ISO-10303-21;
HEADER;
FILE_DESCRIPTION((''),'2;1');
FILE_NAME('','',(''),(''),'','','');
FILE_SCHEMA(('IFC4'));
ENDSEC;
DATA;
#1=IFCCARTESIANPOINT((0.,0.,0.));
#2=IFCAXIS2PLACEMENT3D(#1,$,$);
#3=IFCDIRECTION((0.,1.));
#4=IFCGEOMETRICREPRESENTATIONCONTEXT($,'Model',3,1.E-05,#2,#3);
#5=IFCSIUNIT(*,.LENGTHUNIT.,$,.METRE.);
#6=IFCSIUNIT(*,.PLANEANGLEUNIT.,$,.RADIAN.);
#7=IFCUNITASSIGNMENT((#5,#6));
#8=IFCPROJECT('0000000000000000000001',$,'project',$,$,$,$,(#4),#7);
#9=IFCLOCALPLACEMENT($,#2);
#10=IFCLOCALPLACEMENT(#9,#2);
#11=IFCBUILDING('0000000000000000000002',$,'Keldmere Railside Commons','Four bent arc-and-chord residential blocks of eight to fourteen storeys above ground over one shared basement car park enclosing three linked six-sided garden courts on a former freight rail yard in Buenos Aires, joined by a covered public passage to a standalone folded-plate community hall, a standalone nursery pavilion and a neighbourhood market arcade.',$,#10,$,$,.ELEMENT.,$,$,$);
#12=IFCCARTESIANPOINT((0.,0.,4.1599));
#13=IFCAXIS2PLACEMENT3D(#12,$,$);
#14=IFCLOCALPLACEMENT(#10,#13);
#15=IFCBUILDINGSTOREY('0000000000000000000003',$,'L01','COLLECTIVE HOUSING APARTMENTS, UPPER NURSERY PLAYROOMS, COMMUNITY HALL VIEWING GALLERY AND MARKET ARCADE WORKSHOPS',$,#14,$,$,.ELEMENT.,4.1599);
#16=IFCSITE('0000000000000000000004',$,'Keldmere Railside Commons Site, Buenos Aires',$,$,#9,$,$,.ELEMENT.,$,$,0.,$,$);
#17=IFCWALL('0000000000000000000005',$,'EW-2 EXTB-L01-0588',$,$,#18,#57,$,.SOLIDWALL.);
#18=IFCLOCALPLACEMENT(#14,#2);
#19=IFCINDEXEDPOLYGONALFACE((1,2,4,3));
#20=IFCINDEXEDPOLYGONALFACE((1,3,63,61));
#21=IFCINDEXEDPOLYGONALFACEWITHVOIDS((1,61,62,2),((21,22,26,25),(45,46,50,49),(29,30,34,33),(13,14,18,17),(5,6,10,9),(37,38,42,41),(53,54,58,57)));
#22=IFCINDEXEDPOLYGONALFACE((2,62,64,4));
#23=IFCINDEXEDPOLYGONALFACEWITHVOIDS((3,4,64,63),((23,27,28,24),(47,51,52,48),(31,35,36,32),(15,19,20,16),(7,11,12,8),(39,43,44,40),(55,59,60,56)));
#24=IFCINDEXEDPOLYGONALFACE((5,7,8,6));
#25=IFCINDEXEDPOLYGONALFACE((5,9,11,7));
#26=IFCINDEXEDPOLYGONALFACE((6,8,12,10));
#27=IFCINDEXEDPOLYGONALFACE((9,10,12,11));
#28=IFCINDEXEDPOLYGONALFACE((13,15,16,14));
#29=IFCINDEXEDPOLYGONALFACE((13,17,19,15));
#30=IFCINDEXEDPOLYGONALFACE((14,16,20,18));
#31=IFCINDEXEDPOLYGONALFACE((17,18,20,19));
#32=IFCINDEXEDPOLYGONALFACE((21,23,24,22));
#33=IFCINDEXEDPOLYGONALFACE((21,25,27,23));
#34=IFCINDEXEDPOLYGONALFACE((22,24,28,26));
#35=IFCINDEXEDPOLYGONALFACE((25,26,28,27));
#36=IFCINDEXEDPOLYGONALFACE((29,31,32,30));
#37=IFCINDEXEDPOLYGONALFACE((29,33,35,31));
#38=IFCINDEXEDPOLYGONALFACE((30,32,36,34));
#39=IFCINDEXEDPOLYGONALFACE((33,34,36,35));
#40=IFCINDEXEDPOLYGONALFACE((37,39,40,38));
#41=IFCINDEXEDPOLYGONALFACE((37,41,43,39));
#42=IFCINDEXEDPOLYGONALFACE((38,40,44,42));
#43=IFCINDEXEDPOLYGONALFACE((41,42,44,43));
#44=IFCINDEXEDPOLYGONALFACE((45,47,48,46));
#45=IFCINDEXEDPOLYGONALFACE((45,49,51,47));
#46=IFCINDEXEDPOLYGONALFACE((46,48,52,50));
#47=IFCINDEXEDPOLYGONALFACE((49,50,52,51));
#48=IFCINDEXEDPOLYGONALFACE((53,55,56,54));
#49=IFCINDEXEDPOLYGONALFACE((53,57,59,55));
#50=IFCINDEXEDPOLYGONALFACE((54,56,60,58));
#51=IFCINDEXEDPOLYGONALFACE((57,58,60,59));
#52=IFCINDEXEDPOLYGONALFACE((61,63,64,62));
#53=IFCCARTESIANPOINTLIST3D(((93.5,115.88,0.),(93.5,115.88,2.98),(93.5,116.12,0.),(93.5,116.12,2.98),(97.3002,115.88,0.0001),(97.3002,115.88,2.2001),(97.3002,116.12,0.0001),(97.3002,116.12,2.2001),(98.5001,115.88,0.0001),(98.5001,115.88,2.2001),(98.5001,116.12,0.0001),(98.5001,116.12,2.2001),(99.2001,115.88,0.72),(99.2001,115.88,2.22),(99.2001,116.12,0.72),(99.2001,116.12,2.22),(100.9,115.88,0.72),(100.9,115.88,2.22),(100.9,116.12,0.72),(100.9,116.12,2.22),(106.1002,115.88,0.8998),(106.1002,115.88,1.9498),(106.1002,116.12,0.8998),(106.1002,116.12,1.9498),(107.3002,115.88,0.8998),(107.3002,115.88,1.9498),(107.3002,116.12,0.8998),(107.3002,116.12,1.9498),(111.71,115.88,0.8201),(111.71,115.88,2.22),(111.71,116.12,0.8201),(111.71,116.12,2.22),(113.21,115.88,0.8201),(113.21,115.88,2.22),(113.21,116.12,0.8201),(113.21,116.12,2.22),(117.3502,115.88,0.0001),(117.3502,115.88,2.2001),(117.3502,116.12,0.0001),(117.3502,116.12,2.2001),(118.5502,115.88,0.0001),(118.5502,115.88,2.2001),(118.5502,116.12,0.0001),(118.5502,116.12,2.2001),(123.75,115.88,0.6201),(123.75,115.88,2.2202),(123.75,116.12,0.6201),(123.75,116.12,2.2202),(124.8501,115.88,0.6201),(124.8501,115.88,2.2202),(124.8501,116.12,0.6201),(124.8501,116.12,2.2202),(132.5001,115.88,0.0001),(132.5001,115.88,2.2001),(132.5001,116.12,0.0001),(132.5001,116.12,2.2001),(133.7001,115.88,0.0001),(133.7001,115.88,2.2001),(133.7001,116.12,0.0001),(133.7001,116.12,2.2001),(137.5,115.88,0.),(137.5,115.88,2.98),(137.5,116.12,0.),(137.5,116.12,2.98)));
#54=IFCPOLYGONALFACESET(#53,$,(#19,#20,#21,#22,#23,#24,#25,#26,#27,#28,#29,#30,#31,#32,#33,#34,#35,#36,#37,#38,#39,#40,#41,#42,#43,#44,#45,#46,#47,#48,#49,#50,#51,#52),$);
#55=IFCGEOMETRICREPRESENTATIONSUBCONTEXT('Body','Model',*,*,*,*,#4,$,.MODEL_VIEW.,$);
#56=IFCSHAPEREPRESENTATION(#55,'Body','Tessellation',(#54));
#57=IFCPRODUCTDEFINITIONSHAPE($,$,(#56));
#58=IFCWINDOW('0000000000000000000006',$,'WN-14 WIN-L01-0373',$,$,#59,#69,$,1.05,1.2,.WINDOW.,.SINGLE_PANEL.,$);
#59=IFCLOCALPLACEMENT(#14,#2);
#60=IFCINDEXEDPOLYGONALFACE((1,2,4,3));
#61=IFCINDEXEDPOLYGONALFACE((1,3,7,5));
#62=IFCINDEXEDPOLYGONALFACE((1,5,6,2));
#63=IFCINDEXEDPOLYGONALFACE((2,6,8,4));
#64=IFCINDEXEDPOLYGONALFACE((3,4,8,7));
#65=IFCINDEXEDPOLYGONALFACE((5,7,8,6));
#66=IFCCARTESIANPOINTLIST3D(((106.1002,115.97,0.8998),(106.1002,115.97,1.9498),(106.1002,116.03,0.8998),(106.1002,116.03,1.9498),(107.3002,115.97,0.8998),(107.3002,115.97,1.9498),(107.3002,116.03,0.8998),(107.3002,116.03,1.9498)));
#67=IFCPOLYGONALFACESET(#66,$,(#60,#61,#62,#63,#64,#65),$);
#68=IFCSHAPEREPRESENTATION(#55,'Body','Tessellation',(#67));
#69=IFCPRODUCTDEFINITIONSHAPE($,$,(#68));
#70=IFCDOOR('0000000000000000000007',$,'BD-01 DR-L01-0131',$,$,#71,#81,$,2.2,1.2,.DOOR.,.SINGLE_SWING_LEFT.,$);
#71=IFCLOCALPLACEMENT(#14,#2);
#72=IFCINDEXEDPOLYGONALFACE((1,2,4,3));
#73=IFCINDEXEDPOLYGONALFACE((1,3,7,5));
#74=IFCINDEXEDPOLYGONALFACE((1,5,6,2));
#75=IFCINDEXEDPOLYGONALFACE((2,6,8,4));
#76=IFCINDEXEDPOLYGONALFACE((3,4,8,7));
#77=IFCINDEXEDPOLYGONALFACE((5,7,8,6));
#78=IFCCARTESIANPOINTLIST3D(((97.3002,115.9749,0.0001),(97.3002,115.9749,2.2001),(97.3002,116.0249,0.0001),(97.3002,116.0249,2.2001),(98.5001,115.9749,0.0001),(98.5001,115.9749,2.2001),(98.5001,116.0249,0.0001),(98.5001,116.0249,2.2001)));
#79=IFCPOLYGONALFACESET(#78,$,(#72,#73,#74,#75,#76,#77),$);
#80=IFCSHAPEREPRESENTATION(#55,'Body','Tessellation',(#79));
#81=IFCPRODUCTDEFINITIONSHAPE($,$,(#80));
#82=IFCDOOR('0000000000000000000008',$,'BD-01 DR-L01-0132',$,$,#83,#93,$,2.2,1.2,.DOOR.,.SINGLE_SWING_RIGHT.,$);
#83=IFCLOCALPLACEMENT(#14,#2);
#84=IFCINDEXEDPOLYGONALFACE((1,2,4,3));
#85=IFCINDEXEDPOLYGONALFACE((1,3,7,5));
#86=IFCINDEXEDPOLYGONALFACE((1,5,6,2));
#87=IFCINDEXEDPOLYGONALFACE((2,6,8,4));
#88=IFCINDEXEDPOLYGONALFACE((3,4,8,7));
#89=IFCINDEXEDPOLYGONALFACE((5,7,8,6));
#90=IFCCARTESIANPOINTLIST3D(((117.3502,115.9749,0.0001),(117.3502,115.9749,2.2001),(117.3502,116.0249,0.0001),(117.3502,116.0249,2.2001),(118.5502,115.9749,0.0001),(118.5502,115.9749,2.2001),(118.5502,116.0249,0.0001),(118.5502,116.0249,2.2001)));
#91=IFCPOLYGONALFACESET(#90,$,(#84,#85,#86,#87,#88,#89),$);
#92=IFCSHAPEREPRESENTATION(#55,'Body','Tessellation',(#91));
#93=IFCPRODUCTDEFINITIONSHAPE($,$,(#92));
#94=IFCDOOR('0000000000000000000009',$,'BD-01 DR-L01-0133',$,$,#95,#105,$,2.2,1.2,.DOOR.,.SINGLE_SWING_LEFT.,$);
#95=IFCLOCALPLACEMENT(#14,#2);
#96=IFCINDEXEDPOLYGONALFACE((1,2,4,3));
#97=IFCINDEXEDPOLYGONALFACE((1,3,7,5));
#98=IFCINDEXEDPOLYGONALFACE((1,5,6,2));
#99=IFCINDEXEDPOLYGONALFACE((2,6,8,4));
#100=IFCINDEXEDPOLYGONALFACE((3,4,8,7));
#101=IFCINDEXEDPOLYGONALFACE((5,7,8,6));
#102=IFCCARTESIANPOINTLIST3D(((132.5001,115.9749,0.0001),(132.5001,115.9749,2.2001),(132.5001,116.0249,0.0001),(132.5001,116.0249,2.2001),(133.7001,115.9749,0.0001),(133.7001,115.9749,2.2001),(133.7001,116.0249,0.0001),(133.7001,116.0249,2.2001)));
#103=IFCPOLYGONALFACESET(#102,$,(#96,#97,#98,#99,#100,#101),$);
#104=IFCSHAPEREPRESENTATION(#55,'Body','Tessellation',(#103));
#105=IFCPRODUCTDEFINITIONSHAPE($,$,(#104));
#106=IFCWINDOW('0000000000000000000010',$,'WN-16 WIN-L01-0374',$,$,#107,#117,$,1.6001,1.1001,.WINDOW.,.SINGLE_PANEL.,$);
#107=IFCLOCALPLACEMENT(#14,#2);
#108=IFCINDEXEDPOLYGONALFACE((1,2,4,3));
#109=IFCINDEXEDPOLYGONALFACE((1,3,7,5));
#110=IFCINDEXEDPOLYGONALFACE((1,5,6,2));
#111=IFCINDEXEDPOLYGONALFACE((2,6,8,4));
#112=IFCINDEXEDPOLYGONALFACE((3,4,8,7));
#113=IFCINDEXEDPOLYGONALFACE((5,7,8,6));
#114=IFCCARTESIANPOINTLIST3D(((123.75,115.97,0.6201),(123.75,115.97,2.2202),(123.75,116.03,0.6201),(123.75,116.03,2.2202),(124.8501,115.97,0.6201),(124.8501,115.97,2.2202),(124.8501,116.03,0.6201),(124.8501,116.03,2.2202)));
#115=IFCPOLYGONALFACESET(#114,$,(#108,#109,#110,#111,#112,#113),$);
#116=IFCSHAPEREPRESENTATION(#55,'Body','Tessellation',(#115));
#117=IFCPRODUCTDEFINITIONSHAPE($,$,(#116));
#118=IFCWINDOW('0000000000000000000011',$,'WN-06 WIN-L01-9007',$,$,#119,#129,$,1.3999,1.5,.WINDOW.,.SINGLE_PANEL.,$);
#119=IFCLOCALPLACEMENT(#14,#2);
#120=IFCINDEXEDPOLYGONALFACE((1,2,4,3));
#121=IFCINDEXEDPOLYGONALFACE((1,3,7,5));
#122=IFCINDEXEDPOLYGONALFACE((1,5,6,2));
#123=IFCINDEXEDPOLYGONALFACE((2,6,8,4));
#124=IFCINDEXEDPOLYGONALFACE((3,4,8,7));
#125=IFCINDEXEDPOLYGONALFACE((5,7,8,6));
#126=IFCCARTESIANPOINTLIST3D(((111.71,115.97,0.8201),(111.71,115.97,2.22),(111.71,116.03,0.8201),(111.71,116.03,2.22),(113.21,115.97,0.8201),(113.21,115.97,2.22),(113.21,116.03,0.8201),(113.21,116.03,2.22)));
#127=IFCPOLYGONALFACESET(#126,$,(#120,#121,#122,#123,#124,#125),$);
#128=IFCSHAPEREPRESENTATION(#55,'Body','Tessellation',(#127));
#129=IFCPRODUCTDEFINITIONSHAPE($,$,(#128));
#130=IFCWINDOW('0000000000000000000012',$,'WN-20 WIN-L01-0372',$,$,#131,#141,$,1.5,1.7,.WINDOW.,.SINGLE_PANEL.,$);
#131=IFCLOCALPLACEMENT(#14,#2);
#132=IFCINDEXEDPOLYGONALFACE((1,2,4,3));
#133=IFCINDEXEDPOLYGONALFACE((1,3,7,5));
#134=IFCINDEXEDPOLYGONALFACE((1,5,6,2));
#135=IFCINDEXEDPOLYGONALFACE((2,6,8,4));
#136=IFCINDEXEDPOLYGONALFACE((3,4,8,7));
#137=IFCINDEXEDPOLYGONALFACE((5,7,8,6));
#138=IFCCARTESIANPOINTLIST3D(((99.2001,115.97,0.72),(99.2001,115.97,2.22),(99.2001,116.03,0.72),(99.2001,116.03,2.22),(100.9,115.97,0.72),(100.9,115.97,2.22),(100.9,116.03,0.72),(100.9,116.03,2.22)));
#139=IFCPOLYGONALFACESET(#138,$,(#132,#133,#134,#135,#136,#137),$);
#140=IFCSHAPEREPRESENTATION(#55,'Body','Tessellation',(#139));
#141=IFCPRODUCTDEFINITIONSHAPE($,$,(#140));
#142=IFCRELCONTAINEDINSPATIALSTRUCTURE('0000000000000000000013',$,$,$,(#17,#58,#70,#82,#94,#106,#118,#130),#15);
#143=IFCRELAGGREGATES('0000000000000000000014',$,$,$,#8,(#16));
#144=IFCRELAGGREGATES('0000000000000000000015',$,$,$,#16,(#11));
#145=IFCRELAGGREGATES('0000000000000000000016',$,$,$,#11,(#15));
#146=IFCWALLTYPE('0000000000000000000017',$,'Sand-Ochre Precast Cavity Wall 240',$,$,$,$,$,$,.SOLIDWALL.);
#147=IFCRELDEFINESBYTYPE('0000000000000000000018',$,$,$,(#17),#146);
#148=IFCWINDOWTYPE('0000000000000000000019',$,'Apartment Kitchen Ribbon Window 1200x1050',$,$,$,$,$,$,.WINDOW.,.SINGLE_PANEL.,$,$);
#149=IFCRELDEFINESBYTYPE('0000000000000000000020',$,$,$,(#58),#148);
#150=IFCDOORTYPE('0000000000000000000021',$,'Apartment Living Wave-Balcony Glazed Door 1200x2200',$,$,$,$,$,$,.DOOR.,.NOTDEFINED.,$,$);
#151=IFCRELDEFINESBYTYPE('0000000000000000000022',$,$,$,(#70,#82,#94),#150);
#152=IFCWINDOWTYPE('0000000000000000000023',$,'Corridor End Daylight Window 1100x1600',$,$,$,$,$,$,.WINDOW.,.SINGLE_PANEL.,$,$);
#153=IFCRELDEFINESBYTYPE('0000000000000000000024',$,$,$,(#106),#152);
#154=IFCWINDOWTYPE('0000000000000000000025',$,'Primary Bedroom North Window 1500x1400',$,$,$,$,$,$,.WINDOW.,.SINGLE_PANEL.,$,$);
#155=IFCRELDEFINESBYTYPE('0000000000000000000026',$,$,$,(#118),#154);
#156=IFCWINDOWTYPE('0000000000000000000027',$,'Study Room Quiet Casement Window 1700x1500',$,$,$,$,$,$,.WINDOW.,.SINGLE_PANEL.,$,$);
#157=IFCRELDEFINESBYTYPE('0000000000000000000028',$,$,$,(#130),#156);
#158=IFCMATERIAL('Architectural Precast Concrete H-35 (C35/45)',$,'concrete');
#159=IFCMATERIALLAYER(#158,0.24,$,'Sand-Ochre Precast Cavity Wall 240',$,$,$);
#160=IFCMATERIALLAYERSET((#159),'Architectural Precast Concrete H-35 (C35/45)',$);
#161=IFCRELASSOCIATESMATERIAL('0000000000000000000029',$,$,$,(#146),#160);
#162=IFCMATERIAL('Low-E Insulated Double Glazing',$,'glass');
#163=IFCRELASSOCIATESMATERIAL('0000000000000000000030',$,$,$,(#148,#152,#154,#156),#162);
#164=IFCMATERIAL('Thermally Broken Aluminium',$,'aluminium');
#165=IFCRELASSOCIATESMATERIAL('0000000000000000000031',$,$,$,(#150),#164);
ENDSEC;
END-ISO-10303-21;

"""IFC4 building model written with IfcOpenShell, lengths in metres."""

from ifc_helpers import new_model, si_unit, direction, frame, frame_2d, origin, place, context, subcontext, project, spatial, rectangle, extrude, material, layer, layer_set, type_object, element, fill, save


model = new_model("IFC4")

# Units and contexts
model_context = context("Model", 3, precision=1e-05, world=origin(), true_north=direction((0.0, 1.0)))
body_context = subcontext(model_context, "Body", "Model", "MODEL_VIEW")
ifc_project = project(units=[si_unit("LENGTHUNIT", "METRE"), si_unit("PLANEANGLEUNIT", "RADIAN")], contexts=[model_context])

# Site, building, storey
site_placement = place(None, origin())
site = spatial("IfcSite", under=ifc_project, at=site_placement, Name="Keldmere Railside Commons Site, Buenos Aires", CompositionType="ELEMENT", RefElevation=0.0)
building_placement = place(site_placement, origin())
building = spatial("IfcBuilding", under=site, at=building_placement, Name="Keldmere Railside Commons", Description="Four bent arc-and-chord residential blocks of eight to fourteen storeys above ground over one shared basement car park enclosing three linked six-sided garden courts on a former freight rail yard in Buenos Aires, joined by a covered public passage to a standalone folded-plate community hall, a standalone nursery pavilion and a neighbourhood market arcade.", CompositionType="ELEMENT")
storey_placement = place(building_placement, frame((0.0, 0.0, 4.1599)))
storey = spatial("IfcBuildingStorey", under=building, at=storey_placement, Name="L01", Description="COLLECTIVE HOUSING APARTMENTS, UPPER NURSERY PLAYROOMS, COMMUNITY HALL VIEWING GALLERY AND MARKET ARCADE WORKSHOPS", CompositionType="ELEMENT", Elevation=4.1599)

# Shared definitions
ifc_material_1 = material(Name="Architectural Precast Concrete H-35 (C35/45)", Category="concrete")

# Wall, openings, windows, doors
ifc_layer_1 = layer(ifc_material_1, 0.24, Name="Sand-Ochre Precast Cavity Wall 240")
ifc_layer_set_1 = layer_set([ifc_layer_1], Name="Architectural Precast Concrete H-35 (C35/45)")
wall_type_1 = type_object("IfcWallType", Name="Sand-Ochre Precast Cavity Wall 240", PredefinedType="SOLIDWALL", material=ifc_layer_set_1)
wall_1_placement = place(storey_placement, frame((93.5, 116.0, 0.0), z_axis=(0.0, 0.0, 1.0), x_axis=(1.0, 0.0, 0.0)))
wall_1 = element("IfcWall", 1, at=wall_1_placement, inside=storey, type_object=wall_type_1, Name="EW-2 EXTB-L01-0588", PredefinedType="SOLIDWALL", context=body_context, shape_type="SweptSolid", body=[
    extrude(rectangle(XDim=44.0, YDim=0.24, at=frame_2d((22.0, 0.0))), origin(), (0.0, 0.0, 1.0), 2.98),
])
opening_1_placement = place(wall_1_placement, frame((3.8, 0.0, 0.0)))
opening_1 = element("IfcOpeningElement", 2, at=opening_1_placement, cuts=wall_1, PredefinedType="OPENING", context=body_context, shape_type="SweptSolid", body=[
    extrude(rectangle(XDim=1.2, YDim=2.2, at=frame_2d((0.6001, 1.1001))), frame((0.0, 0.1299, 0.0), z_axis=(0.0, -1.0, 0.0), x_axis=(1.0, 0.0, 0.0)), (0.0, 0.0, 1.0), 0.26),
])
opening_2_placement = place(wall_1_placement, frame((5.7, 0.0, 0.72)))
opening_2 = element("IfcOpeningElement", 3, at=opening_2_placement, cuts=wall_1, PredefinedType="OPENING", context=body_context, shape_type="SweptSolid", body=[
    extrude(rectangle(XDim=1.7, YDim=1.5, at=frame_2d((0.8501, 0.75))), frame((0.0, 0.1299, 0.0), z_axis=(0.0, -1.0, 0.0), x_axis=(1.0, 0.0, 0.0)), (0.0, 0.0, 1.0), 0.26),
])
opening_3_placement = place(wall_1_placement, frame((12.6001, 0.0, 0.8999)))
opening_3 = element("IfcOpeningElement", 4, at=opening_3_placement, cuts=wall_1, PredefinedType="OPENING", context=body_context, shape_type="SweptSolid", body=[
    extrude(rectangle(XDim=1.2, YDim=1.05, at=frame_2d((0.6001, 0.5249))), frame((0.0, 0.1299, 0.0), z_axis=(0.0, -1.0, 0.0), x_axis=(1.0, 0.0, 0.0)), (0.0, 0.0, 1.0), 0.26),
])
opening_4_placement = place(wall_1_placement, frame((23.8501, 0.0, 0.0)))
opening_4 = element("IfcOpeningElement", 5, at=opening_4_placement, cuts=wall_1, PredefinedType="OPENING", context=body_context, shape_type="SweptSolid", body=[
    extrude(rectangle(XDim=1.2, YDim=2.2, at=frame_2d((0.6001, 1.1001))), frame((0.0, 0.1299, 0.0), z_axis=(0.0, -1.0, 0.0), x_axis=(1.0, 0.0, 0.0)), (0.0, 0.0, 1.0), 0.26),
])
opening_5_placement = place(wall_1_placement, frame((30.25, 0.0, 0.6201)))
opening_5 = element("IfcOpeningElement", 6, at=opening_5_placement, cuts=wall_1, PredefinedType="OPENING", context=body_context, shape_type="SweptSolid", body=[
    extrude(rectangle(XDim=1.1001, YDim=1.6001, at=frame_2d((0.55, 0.8))), frame((0.0, 0.1299, 0.0), z_axis=(0.0, -1.0, 0.0), x_axis=(1.0, 0.0, 0.0)), (0.0, 0.0, 1.0), 0.26),
])
opening_6_placement = place(wall_1_placement, frame((39.0, 0.0, 0.0)))
opening_6 = element("IfcOpeningElement", 7, at=opening_6_placement, cuts=wall_1, PredefinedType="OPENING", context=body_context, shape_type="SweptSolid", body=[
    extrude(rectangle(XDim=1.2, YDim=2.2, at=frame_2d((0.6001, 1.1001))), frame((0.0, 0.1299, 0.0), z_axis=(0.0, -1.0, 0.0), x_axis=(1.0, 0.0, 0.0)), (0.0, 0.0, 1.0), 0.26),
])
opening_7_placement = place(wall_1_placement, frame((18.21, 0.0, 0.8201)))
opening_7 = element("IfcOpeningElement", 8, at=opening_7_placement, cuts=wall_1, PredefinedType="OPENING", context=body_context, shape_type="SweptSolid", body=[
    extrude(rectangle(XDim=1.5, YDim=1.3999, at=frame_2d((0.75, 0.7))), frame((0.0, 0.1299, 0.0), z_axis=(0.0, -1.0, 0.0), x_axis=(1.0, 0.0, 0.0)), (0.0, 0.0, 1.0), 0.26),
])
ifc_material_2 = material(Name="Low-E Insulated Double Glazing", Category="glass")
window_type_1 = type_object("IfcWindowType", Name="Apartment Kitchen Ribbon Window 1200x1050", PartitioningType="SINGLE_PANEL", PredefinedType="WINDOW", material=ifc_material_2)
window_1_placement = place(opening_3_placement, origin())
window_1 = element("IfcWindow", 9, at=window_1_placement, inside=storey, type_object=window_type_1, Name="WN-14 WIN-L01-0373", OverallHeight=1.05, OverallWidth=1.2, PartitioningType="SINGLE_PANEL", PredefinedType="WINDOW", context=body_context, shape_type="SweptSolid", body=[
    extrude(rectangle(XDim=1.2, YDim=1.05, at=frame_2d((0.6001, 0.5249))), frame((0.0, 0.03, 0.0), z_axis=(0.0, -1.0, 0.0), x_axis=(1.0, 0.0, 0.0)), (0.0, 0.0, 1.0), 0.0601),
])
fill(opening_3, window_1)
ifc_material_3 = material(Name="Thermally Broken Aluminium", Category="aluminium")
door_type_1 = type_object("IfcDoorType", Name="Apartment Living Wave-Balcony Glazed Door 1200x2200", OperationType="NOTDEFINED", PredefinedType="DOOR", material=ifc_material_3)
door_1_placement = place(opening_1_placement, origin())
door_1 = element("IfcDoor", 10, at=door_1_placement, inside=storey, type_object=door_type_1, Name="BD-01 DR-L01-0131", OperationType="SINGLE_SWING_LEFT", OverallHeight=2.2, OverallWidth=1.2, PredefinedType="DOOR", context=body_context, shape_type="SweptSolid", body=[
    extrude(rectangle(XDim=1.2, YDim=2.2, at=frame_2d((0.6001, 1.1001))), frame((0.0, 0.0249, 0.0), z_axis=(0.0, -1.0, 0.0), x_axis=(1.0, 0.0, 0.0)), (0.0, 0.0, 1.0), 0.05),
])
fill(opening_1, door_1)
door_2_placement = place(opening_4_placement, origin())
door_2 = element("IfcDoor", 11, at=door_2_placement, inside=storey, type_object=door_type_1, Name="BD-01 DR-L01-0132", OperationType="SINGLE_SWING_RIGHT", OverallHeight=2.2, OverallWidth=1.2, PredefinedType="DOOR", context=body_context, shape_type="SweptSolid", body=[
    extrude(rectangle(XDim=1.2, YDim=2.2, at=frame_2d((0.6001, 1.1001))), frame((0.0, 0.0249, 0.0), z_axis=(0.0, -1.0, 0.0), x_axis=(1.0, 0.0, 0.0)), (0.0, 0.0, 1.0), 0.05),
])
fill(opening_4, door_2)
door_3_placement = place(opening_6_placement, origin())
door_3 = element("IfcDoor", 12, at=door_3_placement, inside=storey, type_object=door_type_1, Name="BD-01 DR-L01-0133", OperationType="SINGLE_SWING_LEFT", OverallHeight=2.2, OverallWidth=1.2, PredefinedType="DOOR", context=body_context, shape_type="SweptSolid", body=[
    extrude(rectangle(XDim=1.2, YDim=2.2, at=frame_2d((0.6001, 1.1001))), frame((0.0, 0.0249, 0.0), z_axis=(0.0, -1.0, 0.0), x_axis=(1.0, 0.0, 0.0)), (0.0, 0.0, 1.0), 0.05),
])
fill(opening_6, door_3)
window_type_2 = type_object("IfcWindowType", Name="Corridor End Daylight Window 1100x1600", PartitioningType="SINGLE_PANEL", PredefinedType="WINDOW", material=ifc_material_2)
window_2_placement = place(opening_5_placement, origin())
window_2 = element("IfcWindow", 13, at=window_2_placement, inside=storey, type_object=window_type_2, Name="WN-16 WIN-L01-0374", OverallHeight=1.6001, OverallWidth=1.1001, PartitioningType="SINGLE_PANEL", PredefinedType="WINDOW", context=body_context, shape_type="SweptSolid", body=[
    extrude(rectangle(XDim=1.1001, YDim=1.6001, at=frame_2d((0.55, 0.8))), frame((0.0, 0.03, 0.0), z_axis=(0.0, -1.0, 0.0), x_axis=(1.0, 0.0, 0.0)), (0.0, 0.0, 1.0), 0.0601),
])
fill(opening_5, window_2)
window_type_3 = type_object("IfcWindowType", Name="Primary Bedroom North Window 1500x1400", PartitioningType="SINGLE_PANEL", PredefinedType="WINDOW", material=ifc_material_2)
window_3_placement = place(opening_7_placement, origin())
window_3 = element("IfcWindow", 14, at=window_3_placement, inside=storey, type_object=window_type_3, Name="WN-06 WIN-L01-9007", OverallHeight=1.3999, OverallWidth=1.5, PartitioningType="SINGLE_PANEL", PredefinedType="WINDOW", context=body_context, shape_type="SweptSolid", body=[
    extrude(rectangle(XDim=1.5, YDim=1.3999, at=frame_2d((0.75, 0.7))), frame((0.0, 0.03, 0.0), z_axis=(0.0, -1.0, 0.0), x_axis=(1.0, 0.0, 0.0)), (0.0, 0.0, 1.0), 0.0601),
])
fill(opening_7, window_3)
window_type_4 = type_object("IfcWindowType", Name="Study Room Quiet Casement Window 1700x1500", PartitioningType="SINGLE_PANEL", PredefinedType="WINDOW", material=ifc_material_2)
window_4_placement = place(opening_2_placement, origin())
window_4 = element("IfcWindow", 15, at=window_4_placement, inside=storey, type_object=window_type_4, Name="WN-20 WIN-L01-0372", OverallHeight=1.5, OverallWidth=1.7, PartitioningType="SINGLE_PANEL", PredefinedType="WINDOW", context=body_context, shape_type="SweptSolid", body=[
    extrude(rectangle(XDim=1.7, YDim=1.5, at=frame_2d((0.8501, 0.75))), frame((0.0, 0.03, 0.0), z_axis=(0.0, -1.0, 0.0), x_axis=(1.0, 0.0, 0.0)), (0.0, 0.0, 1.0), 0.0601),
])
fill(opening_2, window_4)

save(model, "model.ifc")
